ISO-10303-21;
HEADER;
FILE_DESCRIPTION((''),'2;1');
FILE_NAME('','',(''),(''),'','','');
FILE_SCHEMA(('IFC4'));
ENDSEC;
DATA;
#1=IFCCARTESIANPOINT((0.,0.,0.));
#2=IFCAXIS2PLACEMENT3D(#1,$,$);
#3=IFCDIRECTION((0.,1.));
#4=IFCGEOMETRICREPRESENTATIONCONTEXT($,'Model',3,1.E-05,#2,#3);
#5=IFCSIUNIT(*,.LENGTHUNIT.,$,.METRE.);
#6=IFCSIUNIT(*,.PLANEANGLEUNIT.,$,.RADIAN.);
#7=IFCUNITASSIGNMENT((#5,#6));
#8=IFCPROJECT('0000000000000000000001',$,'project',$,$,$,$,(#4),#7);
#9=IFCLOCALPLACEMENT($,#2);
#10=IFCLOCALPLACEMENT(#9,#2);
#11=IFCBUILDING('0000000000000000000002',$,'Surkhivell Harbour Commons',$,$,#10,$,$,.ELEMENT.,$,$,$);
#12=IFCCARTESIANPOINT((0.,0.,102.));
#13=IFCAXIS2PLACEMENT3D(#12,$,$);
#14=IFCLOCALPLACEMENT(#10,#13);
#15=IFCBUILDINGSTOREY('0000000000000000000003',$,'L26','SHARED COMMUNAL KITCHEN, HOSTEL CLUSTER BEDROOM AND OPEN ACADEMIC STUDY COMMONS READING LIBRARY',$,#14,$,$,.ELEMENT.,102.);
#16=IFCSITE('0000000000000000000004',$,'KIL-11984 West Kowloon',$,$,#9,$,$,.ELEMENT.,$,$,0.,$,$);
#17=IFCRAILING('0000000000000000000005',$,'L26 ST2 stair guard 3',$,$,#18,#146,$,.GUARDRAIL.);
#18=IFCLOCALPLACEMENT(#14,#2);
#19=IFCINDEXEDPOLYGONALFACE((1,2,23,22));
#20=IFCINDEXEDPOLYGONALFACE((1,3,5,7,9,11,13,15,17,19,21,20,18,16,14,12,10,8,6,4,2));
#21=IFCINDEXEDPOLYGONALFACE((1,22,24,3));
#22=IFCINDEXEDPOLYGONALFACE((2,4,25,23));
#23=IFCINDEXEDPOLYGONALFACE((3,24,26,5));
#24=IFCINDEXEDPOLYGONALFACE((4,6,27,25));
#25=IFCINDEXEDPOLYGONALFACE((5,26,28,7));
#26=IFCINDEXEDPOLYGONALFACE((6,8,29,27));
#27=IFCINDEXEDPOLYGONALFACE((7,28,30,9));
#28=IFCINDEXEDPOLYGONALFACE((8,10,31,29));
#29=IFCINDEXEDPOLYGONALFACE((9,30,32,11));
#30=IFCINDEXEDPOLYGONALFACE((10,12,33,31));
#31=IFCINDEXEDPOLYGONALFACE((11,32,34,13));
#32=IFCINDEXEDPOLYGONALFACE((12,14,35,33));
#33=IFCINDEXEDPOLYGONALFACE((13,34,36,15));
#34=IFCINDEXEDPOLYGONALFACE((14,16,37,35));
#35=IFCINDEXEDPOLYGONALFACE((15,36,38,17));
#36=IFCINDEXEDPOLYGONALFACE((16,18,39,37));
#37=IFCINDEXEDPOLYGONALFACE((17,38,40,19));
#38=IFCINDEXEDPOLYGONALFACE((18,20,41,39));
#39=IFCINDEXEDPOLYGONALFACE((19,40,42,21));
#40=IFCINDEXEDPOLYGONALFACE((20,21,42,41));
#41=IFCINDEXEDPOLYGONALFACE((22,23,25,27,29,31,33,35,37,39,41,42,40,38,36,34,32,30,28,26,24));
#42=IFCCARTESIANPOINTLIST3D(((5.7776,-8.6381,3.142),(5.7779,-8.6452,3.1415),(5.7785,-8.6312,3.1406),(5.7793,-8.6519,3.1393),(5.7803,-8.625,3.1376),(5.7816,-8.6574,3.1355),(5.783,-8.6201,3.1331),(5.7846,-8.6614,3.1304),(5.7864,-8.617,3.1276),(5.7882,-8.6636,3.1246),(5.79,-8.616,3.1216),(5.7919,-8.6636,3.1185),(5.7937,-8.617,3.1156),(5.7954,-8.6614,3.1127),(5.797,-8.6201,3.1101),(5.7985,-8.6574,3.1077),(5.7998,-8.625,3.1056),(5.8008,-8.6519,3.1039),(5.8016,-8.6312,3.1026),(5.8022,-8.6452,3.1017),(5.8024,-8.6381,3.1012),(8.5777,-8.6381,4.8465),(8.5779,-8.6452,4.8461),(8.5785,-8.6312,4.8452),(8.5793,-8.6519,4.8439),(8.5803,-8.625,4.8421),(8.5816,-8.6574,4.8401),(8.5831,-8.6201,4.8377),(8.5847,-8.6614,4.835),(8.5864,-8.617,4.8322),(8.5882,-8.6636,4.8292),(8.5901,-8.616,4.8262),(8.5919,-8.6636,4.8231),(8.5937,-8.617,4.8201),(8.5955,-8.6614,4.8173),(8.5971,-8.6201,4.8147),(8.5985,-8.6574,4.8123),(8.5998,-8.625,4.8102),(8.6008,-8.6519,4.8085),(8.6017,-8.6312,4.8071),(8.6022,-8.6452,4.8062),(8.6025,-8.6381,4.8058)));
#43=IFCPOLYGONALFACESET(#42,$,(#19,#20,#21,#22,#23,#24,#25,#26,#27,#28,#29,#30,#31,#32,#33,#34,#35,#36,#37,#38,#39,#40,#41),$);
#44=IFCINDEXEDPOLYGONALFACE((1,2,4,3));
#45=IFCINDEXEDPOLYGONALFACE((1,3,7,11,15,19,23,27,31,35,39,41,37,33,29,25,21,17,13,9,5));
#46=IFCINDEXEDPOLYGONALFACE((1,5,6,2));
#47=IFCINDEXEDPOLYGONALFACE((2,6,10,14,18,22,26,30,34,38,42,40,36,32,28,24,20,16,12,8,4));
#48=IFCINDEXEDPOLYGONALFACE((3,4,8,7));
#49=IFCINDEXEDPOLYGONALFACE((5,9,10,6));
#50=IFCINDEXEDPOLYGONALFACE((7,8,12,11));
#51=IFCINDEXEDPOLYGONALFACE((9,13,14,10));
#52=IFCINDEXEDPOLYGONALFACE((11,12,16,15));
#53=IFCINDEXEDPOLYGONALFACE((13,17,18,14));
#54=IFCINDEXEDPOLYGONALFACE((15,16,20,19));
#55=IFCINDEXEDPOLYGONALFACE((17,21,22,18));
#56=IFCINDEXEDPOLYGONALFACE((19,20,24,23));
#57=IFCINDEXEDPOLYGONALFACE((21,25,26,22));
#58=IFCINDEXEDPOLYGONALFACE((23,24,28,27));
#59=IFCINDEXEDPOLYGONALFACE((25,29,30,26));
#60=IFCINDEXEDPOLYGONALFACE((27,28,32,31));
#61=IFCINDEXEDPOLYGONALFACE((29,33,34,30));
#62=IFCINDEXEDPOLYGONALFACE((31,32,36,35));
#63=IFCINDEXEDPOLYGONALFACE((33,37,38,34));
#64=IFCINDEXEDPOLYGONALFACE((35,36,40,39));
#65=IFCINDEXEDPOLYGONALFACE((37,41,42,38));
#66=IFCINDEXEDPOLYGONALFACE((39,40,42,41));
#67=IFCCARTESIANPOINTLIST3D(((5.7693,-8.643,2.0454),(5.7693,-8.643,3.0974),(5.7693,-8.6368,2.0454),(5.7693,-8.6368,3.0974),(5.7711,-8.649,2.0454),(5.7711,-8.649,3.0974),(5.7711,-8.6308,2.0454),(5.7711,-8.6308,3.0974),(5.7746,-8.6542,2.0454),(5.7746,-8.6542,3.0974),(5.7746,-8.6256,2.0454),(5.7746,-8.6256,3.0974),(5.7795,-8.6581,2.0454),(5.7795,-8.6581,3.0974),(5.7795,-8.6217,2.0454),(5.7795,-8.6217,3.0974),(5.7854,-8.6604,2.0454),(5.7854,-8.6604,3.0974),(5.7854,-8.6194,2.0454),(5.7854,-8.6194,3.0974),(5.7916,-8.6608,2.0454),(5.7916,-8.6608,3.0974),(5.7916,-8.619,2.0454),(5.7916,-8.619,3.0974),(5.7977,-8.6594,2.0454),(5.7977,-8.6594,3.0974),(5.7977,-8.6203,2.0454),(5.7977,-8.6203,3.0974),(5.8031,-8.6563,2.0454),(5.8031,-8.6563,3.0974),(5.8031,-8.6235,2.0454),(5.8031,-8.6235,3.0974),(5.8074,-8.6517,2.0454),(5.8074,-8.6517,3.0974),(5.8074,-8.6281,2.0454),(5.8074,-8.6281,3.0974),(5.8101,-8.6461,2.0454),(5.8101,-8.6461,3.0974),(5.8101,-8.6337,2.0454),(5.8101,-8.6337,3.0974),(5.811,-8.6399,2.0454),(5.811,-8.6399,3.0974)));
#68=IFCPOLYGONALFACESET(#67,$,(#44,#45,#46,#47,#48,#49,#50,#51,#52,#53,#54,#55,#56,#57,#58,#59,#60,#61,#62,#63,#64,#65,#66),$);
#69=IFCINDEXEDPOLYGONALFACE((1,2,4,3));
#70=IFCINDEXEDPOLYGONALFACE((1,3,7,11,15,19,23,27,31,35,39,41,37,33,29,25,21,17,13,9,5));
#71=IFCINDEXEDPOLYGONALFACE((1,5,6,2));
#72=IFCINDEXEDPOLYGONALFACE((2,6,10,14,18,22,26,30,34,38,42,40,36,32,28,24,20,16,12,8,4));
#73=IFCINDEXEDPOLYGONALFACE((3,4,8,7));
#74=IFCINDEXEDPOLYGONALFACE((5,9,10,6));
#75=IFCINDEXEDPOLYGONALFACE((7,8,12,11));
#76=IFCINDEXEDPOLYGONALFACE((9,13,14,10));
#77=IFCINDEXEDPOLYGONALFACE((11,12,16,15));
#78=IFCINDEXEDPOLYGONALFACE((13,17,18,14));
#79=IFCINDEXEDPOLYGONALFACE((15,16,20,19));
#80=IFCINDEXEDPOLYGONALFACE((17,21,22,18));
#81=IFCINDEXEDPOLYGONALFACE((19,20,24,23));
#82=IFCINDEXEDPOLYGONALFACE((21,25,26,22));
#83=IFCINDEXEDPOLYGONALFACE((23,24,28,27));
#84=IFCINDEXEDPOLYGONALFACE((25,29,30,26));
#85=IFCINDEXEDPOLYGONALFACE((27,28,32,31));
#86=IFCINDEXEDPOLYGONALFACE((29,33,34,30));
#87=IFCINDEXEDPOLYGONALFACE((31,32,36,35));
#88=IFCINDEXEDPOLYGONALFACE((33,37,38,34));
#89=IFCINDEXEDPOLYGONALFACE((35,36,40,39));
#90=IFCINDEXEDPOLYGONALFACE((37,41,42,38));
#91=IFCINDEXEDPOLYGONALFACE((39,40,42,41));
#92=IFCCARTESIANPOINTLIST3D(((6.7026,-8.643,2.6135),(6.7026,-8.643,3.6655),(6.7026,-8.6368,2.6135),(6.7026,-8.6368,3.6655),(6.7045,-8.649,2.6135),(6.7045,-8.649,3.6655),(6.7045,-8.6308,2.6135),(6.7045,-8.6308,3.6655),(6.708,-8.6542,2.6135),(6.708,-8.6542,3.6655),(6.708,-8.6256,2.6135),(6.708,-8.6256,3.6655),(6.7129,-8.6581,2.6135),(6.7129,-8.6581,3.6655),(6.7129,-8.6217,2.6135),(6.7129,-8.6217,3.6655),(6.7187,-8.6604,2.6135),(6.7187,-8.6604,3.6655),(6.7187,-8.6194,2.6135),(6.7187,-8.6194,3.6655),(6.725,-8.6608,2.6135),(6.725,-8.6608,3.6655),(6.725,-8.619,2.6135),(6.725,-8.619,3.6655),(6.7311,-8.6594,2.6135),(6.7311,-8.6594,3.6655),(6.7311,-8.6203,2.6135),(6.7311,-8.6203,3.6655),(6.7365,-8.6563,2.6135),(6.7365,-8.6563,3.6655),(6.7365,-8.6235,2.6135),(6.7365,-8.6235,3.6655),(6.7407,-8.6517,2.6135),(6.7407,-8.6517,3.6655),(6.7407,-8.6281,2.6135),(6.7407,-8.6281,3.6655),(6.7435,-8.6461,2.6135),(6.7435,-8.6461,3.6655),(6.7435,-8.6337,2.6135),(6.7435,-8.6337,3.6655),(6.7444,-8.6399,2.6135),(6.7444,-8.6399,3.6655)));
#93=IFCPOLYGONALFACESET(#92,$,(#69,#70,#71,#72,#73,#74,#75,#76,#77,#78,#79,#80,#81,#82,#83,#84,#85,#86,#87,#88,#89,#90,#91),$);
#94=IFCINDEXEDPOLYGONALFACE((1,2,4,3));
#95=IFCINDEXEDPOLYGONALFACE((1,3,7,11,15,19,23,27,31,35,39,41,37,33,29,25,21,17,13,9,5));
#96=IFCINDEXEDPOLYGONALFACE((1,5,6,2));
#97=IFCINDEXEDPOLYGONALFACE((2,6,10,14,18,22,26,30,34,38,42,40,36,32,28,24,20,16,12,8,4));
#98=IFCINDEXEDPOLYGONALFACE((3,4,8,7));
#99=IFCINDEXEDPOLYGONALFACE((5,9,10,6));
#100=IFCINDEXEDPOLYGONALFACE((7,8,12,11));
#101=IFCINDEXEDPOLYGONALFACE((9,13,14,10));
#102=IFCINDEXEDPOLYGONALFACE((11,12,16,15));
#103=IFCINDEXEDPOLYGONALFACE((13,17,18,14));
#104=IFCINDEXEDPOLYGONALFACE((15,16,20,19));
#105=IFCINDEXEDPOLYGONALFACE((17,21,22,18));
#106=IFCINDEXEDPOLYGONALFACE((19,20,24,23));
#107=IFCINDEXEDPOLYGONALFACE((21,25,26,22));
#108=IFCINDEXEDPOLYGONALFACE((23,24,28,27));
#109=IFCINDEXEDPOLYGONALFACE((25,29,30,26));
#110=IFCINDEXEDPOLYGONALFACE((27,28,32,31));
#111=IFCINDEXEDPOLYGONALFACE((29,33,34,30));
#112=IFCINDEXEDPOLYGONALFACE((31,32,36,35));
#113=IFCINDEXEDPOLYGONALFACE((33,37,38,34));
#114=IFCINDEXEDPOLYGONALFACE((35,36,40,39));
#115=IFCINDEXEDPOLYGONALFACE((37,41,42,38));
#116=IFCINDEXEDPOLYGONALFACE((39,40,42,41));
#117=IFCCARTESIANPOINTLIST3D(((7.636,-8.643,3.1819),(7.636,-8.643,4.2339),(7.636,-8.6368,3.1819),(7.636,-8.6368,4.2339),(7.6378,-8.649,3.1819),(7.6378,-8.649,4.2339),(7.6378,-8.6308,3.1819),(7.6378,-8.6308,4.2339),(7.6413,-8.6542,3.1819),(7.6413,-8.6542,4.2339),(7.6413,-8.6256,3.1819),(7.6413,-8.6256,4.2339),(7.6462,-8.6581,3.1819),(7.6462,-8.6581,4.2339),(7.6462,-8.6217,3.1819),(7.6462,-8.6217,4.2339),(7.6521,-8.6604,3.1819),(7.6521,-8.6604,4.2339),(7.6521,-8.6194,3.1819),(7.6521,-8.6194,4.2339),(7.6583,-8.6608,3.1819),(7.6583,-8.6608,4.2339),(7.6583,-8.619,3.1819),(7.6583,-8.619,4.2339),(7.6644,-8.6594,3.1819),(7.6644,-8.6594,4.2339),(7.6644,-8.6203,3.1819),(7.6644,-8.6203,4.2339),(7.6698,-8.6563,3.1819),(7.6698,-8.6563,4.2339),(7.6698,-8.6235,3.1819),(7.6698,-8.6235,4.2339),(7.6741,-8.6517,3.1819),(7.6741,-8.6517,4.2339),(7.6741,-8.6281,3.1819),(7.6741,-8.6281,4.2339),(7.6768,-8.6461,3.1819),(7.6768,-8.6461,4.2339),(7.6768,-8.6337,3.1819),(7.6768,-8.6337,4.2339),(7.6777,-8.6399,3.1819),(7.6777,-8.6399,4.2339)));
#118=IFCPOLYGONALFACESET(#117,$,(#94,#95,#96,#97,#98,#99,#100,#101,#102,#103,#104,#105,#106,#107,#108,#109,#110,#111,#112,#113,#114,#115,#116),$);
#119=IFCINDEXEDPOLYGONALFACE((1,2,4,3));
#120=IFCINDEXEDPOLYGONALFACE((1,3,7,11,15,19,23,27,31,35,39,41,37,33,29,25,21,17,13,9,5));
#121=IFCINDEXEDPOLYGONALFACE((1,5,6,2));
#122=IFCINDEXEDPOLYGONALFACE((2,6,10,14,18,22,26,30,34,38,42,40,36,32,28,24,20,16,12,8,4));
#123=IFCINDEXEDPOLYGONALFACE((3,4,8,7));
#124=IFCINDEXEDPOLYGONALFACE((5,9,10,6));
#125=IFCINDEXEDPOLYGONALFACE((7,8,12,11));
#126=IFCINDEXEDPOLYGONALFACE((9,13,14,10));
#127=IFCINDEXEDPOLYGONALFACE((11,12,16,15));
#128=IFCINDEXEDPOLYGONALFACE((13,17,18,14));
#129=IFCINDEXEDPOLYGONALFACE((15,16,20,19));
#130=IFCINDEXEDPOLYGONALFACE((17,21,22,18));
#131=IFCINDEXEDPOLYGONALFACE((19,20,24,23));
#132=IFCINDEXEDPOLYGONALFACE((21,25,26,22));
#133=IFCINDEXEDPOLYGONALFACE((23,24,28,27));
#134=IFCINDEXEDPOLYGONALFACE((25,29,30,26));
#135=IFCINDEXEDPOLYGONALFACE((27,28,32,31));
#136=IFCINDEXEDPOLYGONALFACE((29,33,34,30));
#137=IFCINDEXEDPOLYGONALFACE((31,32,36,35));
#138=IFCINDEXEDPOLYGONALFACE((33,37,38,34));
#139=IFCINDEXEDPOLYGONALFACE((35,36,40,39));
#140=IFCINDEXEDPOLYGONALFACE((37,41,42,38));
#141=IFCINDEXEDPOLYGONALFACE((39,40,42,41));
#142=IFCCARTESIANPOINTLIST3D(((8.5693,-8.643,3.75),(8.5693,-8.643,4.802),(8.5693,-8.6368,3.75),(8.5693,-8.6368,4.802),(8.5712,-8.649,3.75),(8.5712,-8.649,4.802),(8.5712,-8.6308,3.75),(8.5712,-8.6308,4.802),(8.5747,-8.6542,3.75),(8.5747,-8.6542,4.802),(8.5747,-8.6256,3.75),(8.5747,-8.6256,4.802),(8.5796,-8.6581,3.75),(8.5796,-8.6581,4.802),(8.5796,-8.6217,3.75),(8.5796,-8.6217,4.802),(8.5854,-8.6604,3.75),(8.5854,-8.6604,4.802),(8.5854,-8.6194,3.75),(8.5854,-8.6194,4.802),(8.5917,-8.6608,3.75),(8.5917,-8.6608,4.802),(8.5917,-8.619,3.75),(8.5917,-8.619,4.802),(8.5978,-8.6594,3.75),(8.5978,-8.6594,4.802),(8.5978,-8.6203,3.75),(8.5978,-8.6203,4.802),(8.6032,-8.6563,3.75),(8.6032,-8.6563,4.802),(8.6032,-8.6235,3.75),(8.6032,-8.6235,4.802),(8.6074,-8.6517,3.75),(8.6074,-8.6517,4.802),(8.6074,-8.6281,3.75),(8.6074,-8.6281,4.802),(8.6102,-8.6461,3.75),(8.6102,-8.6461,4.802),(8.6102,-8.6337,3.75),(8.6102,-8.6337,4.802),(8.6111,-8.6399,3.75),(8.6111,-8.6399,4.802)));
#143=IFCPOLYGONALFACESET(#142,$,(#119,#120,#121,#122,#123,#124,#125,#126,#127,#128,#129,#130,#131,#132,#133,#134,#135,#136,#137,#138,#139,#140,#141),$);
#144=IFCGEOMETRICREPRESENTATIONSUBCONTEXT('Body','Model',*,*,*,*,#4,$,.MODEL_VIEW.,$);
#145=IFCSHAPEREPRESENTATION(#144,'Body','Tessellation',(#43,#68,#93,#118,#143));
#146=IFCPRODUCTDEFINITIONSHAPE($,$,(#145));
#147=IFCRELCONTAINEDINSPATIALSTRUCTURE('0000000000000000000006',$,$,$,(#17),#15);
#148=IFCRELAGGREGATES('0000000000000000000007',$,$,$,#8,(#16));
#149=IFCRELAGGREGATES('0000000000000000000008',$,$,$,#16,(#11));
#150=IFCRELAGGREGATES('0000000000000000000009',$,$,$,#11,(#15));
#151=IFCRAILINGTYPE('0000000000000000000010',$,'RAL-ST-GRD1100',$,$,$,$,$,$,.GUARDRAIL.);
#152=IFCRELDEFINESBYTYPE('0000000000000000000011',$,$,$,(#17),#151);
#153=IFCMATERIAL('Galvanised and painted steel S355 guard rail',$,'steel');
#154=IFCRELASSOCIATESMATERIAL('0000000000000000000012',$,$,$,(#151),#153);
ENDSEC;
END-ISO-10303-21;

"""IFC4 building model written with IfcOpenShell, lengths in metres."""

from ifc_helpers import new_model, si_unit, direction, frame, origin, origin_2d, place, context, subcontext, project, spatial, circle, extrude, material, type_object, element, save


model = new_model("IFC4")

# Units and contexts
model_context = context("Model", 3, precision=1e-05, world=origin(), true_north=direction((0.0, 1.0)))
body_context = subcontext(model_context, "Body", "Model", "MODEL_VIEW")
ifc_project = project(units=[si_unit("LENGTHUNIT", "METRE"), si_unit("PLANEANGLEUNIT", "RADIAN")], contexts=[model_context])

# Site, building, storey
site_placement = place(None, origin())
site = spatial("IfcSite", under=ifc_project, at=site_placement, Name="KIL-11984 West Kowloon", CompositionType="ELEMENT", RefElevation=0.0)
building_placement = place(site_placement, origin())
building = spatial("IfcBuilding", under=site, at=building_placement, Name="Surkhivell Harbour Commons", CompositionType="ELEMENT")
storey_placement = place(building_placement, frame((0.0, 0.0, 102.0)))
storey = spatial("IfcBuildingStorey", under=building, at=storey_placement, Name="L26", Description="SHARED COMMUNAL KITCHEN, HOSTEL CLUSTER BEDROOM AND OPEN ACADEMIC STUDY COMMONS READING LIBRARY", CompositionType="ELEMENT", Elevation=102.0)

# Railing
ifc_material_1 = material(Name="Galvanised and painted steel S355 guard rail", Category="steel")
railing_type = type_object("IfcRailingType", Name="RAL-ST-GRD1100", PredefinedType="GUARDRAIL", material=ifc_material_1)
railing_1_placement = place(storey_placement, frame((5.79, -8.6399, 2.0454)))
element("IfcRailing", 1, at=railing_1_placement, inside=storey, type_object=railing_type, Name="L26 ST2 stair guard 3", PredefinedType="GUARDRAIL", context=body_context, shape_type="SweptSolid", body=[
    extrude(circle(Radius=0.0239, at=origin_2d()), frame((0.0, 0.0, 1.0762), z_axis=(0.85417, 0.0, 0.519994), x_axis=(0.0, 1.0, 0.0)), (0.0, 0.0, 1.0), 3.2781),
    extrude(circle(Radius=0.021, at=origin_2d()), origin(), (0.0, 0.0, 1.0), 1.052),
    extrude(circle(Radius=0.021, at=origin_2d()), frame((0.9333, 0.0, 0.5681)), (0.0, 0.0, 1.0), 1.052),
    extrude(circle(Radius=0.021, at=origin_2d()), frame((1.8667, 0.0, 1.1365)), (0.0, 0.0, 1.0), 1.052),
    extrude(circle(Radius=0.021, at=origin_2d()), frame((2.8, 0.0, 1.7046)), (0.0, 0.0, 1.0), 1.052),
])

save(model, "model.ifc")
